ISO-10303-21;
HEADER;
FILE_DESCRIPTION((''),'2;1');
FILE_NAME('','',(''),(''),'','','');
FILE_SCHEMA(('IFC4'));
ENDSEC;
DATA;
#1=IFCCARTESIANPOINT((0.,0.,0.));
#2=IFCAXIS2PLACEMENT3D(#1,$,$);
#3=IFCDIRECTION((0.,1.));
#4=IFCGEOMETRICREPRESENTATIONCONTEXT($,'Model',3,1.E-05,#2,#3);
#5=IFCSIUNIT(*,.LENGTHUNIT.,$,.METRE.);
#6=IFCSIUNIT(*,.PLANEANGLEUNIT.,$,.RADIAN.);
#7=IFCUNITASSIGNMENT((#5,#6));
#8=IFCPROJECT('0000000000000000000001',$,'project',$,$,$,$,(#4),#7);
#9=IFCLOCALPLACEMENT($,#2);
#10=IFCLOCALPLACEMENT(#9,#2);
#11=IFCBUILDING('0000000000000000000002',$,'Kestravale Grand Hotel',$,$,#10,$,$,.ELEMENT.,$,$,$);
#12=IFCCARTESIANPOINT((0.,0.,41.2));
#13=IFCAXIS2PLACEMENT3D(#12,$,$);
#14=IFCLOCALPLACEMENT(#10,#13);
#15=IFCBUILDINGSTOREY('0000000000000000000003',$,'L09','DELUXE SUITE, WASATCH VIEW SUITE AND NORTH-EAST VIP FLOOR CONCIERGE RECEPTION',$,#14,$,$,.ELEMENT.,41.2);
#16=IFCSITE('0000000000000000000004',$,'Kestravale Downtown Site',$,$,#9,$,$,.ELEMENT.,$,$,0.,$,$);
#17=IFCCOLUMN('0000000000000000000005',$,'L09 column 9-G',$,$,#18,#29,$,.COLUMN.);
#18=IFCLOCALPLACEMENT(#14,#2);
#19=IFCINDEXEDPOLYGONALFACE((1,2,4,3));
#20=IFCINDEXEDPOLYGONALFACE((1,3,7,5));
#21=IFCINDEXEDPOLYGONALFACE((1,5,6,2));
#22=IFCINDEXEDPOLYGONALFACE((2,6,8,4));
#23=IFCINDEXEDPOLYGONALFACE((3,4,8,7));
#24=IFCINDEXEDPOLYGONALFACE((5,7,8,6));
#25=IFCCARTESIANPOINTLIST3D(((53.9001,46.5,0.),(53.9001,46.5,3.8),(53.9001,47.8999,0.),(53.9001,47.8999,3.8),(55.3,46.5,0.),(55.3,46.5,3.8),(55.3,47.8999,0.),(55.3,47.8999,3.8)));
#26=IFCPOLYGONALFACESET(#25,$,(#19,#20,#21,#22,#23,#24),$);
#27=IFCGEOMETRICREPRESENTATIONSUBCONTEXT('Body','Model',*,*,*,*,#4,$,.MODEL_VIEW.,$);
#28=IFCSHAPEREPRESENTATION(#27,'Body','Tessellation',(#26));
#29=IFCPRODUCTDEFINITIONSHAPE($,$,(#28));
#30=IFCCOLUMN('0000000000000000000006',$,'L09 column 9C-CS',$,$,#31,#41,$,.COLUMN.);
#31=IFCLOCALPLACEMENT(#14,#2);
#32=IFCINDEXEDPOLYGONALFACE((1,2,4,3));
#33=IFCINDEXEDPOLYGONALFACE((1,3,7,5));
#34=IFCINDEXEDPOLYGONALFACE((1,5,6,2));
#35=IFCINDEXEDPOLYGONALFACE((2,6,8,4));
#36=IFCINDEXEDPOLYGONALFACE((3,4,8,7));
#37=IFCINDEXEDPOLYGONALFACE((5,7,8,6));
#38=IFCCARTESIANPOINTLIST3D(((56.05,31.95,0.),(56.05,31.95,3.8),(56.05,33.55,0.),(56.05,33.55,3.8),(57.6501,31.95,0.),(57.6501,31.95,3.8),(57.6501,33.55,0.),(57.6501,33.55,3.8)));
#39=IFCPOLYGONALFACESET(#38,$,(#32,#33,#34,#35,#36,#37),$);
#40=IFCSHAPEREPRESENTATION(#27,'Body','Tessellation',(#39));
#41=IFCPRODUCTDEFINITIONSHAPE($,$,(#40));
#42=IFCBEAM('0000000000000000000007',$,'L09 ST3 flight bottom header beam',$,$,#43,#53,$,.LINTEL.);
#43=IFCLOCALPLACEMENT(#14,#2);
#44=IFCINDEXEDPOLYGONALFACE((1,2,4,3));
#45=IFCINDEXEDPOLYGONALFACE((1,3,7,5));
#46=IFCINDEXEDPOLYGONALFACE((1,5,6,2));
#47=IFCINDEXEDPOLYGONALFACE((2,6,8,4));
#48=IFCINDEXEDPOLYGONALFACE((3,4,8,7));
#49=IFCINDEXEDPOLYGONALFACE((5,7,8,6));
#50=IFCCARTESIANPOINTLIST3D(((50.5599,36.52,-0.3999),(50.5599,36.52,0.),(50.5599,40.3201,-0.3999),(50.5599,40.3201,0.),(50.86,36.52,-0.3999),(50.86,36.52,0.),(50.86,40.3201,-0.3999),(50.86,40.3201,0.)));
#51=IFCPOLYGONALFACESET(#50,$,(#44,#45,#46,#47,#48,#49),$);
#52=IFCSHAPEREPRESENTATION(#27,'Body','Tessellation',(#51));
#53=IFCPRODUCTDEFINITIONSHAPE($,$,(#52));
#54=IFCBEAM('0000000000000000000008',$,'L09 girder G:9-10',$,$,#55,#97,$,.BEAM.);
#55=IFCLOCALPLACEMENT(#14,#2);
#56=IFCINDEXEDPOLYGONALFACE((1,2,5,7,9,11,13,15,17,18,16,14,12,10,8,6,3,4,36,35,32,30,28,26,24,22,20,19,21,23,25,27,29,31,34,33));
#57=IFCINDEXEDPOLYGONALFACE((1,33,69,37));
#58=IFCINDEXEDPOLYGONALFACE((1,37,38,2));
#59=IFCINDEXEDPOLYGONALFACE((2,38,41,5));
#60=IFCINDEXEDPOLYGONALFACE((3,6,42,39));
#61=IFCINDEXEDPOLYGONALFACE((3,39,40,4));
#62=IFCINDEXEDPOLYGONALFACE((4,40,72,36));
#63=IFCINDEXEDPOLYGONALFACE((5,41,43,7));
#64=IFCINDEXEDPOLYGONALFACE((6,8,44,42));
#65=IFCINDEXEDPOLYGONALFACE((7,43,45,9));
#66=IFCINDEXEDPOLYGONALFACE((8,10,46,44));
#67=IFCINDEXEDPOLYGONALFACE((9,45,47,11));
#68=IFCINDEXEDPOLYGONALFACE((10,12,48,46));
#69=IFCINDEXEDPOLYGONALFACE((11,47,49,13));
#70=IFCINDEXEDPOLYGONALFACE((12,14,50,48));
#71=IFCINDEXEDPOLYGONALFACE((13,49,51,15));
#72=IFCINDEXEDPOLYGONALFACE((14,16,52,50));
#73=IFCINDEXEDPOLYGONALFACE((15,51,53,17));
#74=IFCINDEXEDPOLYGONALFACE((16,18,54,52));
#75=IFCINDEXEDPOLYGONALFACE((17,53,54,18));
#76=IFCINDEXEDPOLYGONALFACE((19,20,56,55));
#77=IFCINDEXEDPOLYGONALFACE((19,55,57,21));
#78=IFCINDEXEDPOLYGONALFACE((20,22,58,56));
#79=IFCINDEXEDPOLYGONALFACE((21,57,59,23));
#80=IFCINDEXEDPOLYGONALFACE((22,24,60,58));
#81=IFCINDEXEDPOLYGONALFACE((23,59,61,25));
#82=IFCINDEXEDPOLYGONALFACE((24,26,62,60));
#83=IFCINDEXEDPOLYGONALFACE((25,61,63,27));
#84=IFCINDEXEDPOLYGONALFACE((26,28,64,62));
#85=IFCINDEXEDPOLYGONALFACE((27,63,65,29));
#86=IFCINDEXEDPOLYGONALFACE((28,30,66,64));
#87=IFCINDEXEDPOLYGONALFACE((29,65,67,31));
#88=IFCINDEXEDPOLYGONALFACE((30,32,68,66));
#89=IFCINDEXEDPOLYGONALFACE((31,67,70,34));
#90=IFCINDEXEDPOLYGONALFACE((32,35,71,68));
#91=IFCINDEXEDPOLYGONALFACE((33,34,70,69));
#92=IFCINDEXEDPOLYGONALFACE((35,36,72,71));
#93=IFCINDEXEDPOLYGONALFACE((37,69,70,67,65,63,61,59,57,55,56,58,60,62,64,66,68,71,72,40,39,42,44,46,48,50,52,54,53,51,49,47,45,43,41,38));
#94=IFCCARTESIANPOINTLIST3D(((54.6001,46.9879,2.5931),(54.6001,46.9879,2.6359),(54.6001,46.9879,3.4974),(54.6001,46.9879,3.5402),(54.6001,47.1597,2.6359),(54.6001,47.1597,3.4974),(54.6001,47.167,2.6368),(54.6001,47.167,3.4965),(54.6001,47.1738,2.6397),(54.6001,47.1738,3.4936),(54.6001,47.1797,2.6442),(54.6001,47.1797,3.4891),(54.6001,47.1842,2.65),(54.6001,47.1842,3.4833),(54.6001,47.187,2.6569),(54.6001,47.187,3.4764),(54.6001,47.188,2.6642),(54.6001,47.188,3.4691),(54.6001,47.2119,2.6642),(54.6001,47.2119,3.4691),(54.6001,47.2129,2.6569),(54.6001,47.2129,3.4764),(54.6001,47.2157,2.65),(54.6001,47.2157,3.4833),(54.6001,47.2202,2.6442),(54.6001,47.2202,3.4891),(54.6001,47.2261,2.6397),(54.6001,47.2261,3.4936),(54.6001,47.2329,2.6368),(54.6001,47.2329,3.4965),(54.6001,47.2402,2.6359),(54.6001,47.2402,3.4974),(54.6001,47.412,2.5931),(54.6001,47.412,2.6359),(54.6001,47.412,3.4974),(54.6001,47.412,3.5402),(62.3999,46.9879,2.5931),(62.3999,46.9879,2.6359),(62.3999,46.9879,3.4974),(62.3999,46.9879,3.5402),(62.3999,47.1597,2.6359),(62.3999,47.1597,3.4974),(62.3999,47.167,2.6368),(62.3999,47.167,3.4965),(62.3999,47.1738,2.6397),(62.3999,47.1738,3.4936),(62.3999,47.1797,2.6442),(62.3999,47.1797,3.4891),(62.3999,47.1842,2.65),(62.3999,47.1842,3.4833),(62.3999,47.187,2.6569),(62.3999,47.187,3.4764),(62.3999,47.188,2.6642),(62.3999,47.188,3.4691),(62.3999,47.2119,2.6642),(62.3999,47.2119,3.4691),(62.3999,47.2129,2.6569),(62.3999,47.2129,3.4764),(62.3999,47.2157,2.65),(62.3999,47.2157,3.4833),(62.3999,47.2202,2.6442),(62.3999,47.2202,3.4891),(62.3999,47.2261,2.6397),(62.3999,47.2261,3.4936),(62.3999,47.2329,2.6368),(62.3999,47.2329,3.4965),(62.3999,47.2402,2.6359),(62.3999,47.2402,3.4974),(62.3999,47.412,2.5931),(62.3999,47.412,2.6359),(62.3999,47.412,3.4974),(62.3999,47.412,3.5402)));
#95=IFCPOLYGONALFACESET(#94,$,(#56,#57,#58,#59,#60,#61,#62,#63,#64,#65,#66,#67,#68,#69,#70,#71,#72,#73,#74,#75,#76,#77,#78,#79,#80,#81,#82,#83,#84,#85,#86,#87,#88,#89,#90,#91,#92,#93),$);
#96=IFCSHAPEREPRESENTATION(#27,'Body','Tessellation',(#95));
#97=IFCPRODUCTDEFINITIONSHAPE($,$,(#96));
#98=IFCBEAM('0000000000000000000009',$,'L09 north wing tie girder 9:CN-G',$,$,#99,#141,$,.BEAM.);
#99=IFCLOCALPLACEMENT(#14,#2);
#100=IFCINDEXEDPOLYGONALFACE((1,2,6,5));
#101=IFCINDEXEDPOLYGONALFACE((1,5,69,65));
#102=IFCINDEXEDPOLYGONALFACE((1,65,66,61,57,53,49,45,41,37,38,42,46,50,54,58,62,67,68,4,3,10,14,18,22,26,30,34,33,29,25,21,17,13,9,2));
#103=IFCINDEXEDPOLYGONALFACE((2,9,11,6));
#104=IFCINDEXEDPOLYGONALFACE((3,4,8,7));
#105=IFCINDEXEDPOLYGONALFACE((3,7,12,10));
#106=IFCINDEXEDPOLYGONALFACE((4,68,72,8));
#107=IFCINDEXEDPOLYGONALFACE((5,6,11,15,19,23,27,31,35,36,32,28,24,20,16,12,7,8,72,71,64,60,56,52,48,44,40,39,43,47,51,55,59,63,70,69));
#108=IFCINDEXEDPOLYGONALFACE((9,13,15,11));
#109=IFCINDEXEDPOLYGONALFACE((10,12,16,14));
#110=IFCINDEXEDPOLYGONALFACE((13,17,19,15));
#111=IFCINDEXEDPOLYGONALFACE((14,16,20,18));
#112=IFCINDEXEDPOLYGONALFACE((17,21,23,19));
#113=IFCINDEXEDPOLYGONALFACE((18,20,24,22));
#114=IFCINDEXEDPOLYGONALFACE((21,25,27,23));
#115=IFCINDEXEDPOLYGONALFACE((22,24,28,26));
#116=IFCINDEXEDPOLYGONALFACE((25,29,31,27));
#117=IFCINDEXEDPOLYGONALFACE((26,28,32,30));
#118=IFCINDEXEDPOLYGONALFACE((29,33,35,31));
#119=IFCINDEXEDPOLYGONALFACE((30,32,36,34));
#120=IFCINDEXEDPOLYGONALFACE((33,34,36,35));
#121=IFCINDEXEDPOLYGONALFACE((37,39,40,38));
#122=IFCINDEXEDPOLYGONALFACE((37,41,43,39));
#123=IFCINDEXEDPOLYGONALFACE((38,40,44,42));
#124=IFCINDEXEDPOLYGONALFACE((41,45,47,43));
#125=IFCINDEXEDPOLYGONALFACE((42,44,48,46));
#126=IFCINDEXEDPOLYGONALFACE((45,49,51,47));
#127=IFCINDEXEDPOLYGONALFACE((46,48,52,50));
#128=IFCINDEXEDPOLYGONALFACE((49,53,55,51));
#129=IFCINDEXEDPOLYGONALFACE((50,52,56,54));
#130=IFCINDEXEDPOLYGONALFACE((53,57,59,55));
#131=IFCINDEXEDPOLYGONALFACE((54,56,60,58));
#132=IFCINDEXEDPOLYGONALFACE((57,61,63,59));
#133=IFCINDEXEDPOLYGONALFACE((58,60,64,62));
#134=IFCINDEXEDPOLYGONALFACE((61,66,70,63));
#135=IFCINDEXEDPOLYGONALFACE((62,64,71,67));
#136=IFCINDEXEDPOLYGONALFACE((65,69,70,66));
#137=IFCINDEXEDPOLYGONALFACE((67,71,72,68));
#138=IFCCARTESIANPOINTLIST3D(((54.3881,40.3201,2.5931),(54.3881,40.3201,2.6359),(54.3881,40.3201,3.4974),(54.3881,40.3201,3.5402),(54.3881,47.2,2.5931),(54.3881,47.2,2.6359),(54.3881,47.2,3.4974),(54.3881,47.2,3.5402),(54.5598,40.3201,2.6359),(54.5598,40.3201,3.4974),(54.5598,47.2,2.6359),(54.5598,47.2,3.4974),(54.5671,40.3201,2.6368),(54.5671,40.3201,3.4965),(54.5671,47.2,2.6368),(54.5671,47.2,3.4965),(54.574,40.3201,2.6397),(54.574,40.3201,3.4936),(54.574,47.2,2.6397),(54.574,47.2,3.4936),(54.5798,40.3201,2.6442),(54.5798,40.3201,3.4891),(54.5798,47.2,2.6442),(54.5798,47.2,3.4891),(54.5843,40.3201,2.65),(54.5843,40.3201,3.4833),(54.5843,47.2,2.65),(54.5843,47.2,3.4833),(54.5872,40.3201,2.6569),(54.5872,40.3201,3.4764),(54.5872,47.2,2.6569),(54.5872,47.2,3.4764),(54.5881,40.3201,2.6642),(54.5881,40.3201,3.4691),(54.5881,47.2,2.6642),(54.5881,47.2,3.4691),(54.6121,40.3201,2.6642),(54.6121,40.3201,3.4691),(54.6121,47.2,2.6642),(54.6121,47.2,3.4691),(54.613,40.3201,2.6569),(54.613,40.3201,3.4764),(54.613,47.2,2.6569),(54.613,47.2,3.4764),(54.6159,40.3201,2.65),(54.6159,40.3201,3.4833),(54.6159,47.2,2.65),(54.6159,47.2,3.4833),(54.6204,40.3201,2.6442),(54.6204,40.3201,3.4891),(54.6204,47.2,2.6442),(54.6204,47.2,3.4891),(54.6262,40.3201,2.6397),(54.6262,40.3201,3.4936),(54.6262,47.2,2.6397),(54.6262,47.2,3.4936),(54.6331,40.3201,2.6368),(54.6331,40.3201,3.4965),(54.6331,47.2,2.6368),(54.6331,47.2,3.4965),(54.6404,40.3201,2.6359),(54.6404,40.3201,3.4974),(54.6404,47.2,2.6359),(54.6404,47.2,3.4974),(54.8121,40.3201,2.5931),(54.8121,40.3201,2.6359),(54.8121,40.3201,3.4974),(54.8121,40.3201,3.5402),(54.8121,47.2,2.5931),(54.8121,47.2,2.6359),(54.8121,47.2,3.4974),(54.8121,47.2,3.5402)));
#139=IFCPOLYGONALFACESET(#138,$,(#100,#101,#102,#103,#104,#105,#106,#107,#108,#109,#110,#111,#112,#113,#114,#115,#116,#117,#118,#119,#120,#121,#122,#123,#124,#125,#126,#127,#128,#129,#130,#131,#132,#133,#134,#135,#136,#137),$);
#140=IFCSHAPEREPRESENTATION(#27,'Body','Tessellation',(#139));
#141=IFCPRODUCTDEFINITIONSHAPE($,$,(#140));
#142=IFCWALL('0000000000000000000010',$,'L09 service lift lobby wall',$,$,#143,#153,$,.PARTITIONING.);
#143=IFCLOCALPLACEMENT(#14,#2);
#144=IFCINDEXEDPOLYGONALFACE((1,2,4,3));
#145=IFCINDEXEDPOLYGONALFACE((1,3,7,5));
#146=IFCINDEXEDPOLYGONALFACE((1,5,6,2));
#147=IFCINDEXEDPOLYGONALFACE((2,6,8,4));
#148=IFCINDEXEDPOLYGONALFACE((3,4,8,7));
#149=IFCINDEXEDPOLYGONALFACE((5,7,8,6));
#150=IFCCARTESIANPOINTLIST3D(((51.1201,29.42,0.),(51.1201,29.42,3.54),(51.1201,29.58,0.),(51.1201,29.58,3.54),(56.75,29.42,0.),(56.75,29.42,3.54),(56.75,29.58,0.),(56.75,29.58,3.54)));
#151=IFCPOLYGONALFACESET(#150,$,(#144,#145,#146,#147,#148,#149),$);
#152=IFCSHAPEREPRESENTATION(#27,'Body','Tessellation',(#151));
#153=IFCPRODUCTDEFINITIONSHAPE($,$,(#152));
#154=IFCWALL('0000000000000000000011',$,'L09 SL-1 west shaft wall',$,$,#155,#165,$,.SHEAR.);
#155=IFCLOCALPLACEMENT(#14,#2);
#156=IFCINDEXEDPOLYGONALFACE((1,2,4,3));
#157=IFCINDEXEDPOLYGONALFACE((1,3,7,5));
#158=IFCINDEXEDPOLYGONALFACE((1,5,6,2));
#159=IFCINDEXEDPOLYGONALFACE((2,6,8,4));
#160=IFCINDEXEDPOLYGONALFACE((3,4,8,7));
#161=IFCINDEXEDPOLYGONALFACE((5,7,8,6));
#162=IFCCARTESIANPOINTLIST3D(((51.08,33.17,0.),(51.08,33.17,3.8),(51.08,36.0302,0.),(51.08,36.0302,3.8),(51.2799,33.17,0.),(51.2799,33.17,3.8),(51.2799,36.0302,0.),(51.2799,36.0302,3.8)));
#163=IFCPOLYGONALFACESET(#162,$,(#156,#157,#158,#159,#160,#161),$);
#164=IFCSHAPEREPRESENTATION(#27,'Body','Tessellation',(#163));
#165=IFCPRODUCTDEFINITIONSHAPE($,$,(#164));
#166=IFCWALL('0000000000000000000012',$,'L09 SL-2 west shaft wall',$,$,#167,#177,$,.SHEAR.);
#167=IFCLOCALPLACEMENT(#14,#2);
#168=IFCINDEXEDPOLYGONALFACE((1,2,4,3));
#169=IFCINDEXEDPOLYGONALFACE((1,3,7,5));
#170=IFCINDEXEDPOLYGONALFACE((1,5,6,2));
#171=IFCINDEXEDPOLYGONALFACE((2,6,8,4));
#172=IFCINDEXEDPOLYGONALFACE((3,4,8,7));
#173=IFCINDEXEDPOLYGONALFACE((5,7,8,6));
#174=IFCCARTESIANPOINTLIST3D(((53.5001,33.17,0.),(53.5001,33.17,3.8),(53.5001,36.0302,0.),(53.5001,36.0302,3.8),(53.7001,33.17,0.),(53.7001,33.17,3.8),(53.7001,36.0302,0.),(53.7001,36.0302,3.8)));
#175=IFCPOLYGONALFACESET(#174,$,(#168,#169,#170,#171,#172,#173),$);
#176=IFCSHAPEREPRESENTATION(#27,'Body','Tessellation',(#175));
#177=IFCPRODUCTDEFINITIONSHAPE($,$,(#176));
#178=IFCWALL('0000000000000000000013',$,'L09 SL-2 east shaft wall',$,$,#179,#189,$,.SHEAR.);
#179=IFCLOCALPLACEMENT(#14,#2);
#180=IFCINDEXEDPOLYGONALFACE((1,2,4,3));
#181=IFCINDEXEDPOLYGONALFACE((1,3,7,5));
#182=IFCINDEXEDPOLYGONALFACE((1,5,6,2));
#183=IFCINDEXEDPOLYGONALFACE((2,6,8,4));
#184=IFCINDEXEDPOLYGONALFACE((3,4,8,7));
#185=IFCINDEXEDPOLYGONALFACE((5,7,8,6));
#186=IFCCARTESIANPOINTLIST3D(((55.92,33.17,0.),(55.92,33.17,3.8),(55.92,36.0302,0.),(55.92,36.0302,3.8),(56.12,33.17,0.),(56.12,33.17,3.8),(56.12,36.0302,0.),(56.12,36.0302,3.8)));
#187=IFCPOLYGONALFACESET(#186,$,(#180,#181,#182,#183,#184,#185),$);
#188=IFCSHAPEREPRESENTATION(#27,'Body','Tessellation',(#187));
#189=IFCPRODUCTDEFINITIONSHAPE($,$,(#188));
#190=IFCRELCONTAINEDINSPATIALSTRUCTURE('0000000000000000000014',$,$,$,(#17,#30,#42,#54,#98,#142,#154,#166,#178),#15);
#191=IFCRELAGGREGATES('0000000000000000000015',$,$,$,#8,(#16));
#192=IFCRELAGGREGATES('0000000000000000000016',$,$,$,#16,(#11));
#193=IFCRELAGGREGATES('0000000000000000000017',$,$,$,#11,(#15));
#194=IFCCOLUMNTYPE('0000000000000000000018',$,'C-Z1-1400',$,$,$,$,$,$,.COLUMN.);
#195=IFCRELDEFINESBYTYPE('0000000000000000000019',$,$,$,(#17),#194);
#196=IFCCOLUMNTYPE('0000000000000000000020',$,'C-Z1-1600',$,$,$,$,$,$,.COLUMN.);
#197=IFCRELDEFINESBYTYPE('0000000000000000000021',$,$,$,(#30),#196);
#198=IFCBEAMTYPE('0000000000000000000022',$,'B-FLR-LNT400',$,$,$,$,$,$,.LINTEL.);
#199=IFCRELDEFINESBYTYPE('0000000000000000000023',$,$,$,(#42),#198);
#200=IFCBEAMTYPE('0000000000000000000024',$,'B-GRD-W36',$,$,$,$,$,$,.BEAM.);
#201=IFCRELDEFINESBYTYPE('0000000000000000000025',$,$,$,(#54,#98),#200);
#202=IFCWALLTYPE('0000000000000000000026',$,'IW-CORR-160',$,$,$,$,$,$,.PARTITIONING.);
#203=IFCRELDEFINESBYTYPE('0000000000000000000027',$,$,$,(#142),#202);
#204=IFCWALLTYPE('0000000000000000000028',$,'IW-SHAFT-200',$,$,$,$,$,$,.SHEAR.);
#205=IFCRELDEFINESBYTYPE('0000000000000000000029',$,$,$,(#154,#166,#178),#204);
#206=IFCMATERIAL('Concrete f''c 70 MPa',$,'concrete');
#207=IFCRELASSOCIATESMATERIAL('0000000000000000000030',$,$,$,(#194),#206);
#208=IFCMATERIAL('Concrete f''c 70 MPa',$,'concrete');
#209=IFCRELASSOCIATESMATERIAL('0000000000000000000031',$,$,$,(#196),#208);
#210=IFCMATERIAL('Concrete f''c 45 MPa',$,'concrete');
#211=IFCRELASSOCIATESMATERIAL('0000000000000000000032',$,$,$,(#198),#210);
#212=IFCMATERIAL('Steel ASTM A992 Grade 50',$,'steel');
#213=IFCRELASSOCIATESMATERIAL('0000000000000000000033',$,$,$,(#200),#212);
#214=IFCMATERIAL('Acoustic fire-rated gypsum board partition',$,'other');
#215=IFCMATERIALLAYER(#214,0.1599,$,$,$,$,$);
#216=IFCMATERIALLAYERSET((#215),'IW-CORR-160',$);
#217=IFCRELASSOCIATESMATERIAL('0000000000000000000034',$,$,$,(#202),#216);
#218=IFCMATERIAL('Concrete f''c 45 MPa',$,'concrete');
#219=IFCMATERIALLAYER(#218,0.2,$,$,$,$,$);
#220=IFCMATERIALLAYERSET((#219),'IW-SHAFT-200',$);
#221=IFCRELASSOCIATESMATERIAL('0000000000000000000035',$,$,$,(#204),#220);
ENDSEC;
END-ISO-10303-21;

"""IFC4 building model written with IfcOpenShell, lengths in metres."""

from ifc_helpers import new_model, si_unit, direction, frame, frame_2d, origin, origin_2d, place, context, subcontext, project, spatial, rectangle, i_section, extrude, material, layer, layer_set, material_profile, profile_set, type_object, element, save


model = new_model("IFC4")

# Units and contexts
model_context = context("Model", 3, precision=1e-05, world=origin(), true_north=direction((0.0, 1.0)))
body_context = subcontext(model_context, "Body", "Model", "MODEL_VIEW")
ifc_project = project(units=[si_unit("LENGTHUNIT", "METRE"), si_unit("PLANEANGLEUNIT", "RADIAN")], contexts=[model_context])

# Site, building, storey
site_placement = place(None, origin())
site = spatial("IfcSite", under=ifc_project, at=site_placement, Name="Kestravale Downtown Site", CompositionType="ELEMENT", RefElevation=0.0)
building_placement = place(site_placement, origin())
building = spatial("IfcBuilding", under=site, at=building_placement, Name="Kestravale Grand Hotel", CompositionType="ELEMENT")
storey_placement = place(building_placement, frame((0.0, 0.0, 41.2)))
storey = spatial("IfcBuildingStorey", under=building, at=storey_placement, Name="L09", Description="DELUXE SUITE, WASATCH VIEW SUITE AND NORTH-EAST VIP FLOOR CONCIERGE RECEPTION", CompositionType="ELEMENT", Elevation=41.2)

# Columns
ifc_material_1 = material(Name="Concrete f'c 70 MPa", Category="concrete")
ifc_material_profile_1 = material_profile(ifc_material_1, rectangle(XDim=1.3999, YDim=1.3999, at=origin_2d()))
ifc_profile_set_1 = profile_set([ifc_material_profile_1], Name="Concrete f'c 70 MPa")
column_type_1 = type_object("IfcColumnType", Name="C-Z1-1400", PredefinedType="COLUMN", material=ifc_profile_set_1)
column_1_placement = place(storey_placement, frame((54.6001, 47.2, 0.0), z_axis=(0.0, 0.0, 1.0), x_axis=(1.0, 0.0, 0.0)))
element("IfcColumn", 1, at=column_1_placement, inside=storey, type_object=column_type_1, Name="L09 column 9-G", PredefinedType="COLUMN", context=body_context, shape_type="SweptSolid", body=[
    extrude(rectangle(XDim=1.3999, YDim=1.3999, at=origin_2d()), origin(), (0.0, 0.0, 1.0), 3.8),
])
ifc_material_2 = material(Name="Concrete f'c 70 MPa", Category="concrete")
ifc_material_profile_2 = material_profile(ifc_material_2, rectangle(XDim=1.6001, YDim=1.6001, at=origin_2d()))
ifc_profile_set_2 = profile_set([ifc_material_profile_2], Name="Concrete f'c 70 MPa")
column_type_2 = type_object("IfcColumnType", Name="C-Z1-1600", PredefinedType="COLUMN", material=ifc_profile_set_2)
column_2_placement = place(storey_placement, frame((56.8501, 32.75, 0.0), z_axis=(0.0, 0.0, 1.0), x_axis=(1.0, 0.0, 0.0)))
element("IfcColumn", 2, at=column_2_placement, inside=storey, type_object=column_type_2, Name="L09 column 9C-CS", PredefinedType="COLUMN", context=body_context, shape_type="SweptSolid", body=[
    extrude(rectangle(XDim=1.6001, YDim=1.6001, at=origin_2d()), origin(), (0.0, 0.0, 1.0), 3.8),
])

# Beams
ifc_material_3 = material(Name="Concrete f'c 45 MPa", Category="concrete")
ifc_material_profile_3 = material_profile(ifc_material_3, rectangle(XDim=0.3, YDim=0.3999, at=origin_2d()))
ifc_profile_set_3 = profile_set([ifc_material_profile_3], Name="Concrete f'c 45 MPa")
beam_type_1 = type_object("IfcBeamType", Name="B-FLR-LNT400", PredefinedType="LINTEL", material=ifc_profile_set_3)
beam_1_placement = place(storey_placement, frame((50.71, 36.52, -0.2), z_axis=(0.0, 1.0, 0.0), x_axis=(-1.0, 0.0, 0.0)))
element("IfcBeam", 3, at=beam_1_placement, inside=storey, type_object=beam_type_1, Name="L09 ST3 flight bottom header beam", PredefinedType="LINTEL", context=body_context, shape_type="SweptSolid", body=[
    extrude(rectangle(XDim=0.3, YDim=0.3999, at=origin_2d()), origin(), (0.0, 0.0, 1.0), 3.8),
])
ifc_material_4 = material(Name="Steel ASTM A992 Grade 50", Category="steel")
ifc_material_profile_4 = material_profile(ifc_material_4, i_section(OverallWidth=0.4241, OverallDepth=0.947, WebThickness=0.0239, FlangeThickness=0.0427, FilletRadius=0.0283, at=origin_2d()))
ifc_profile_set_4 = profile_set([ifc_material_profile_4], Name="Steel ASTM A992 Grade 50")
beam_type_2 = type_object("IfcBeamType", Name="B-GRD-W36", PredefinedType="BEAM", material=ifc_profile_set_4)
beam_2_placement = place(storey_placement, frame((54.6001, 47.2, 3.0667), z_axis=(1.0, 0.0, 0.0), x_axis=(0.0, 1.0, 0.0)))
element("IfcBeam", 4, at=beam_2_placement, inside=storey, type_object=beam_type_2, Name="L09 girder G:9-10", PredefinedType="BEAM", context=body_context, shape_type="SweptSolid", body=[
    extrude(i_section(OverallWidth=0.4241, OverallDepth=0.947, WebThickness=0.0239, FlangeThickness=0.0427, FilletRadius=0.0283, at=origin_2d()), origin(), (0.0, 0.0, 1.0), 7.7998),
])
beam_3_placement = place(storey_placement, frame((54.6001, 40.3201, 3.0667), z_axis=(0.0, 1.0, 0.0), x_axis=(-1.0, 0.0, 0.0)))
element("IfcBeam", 5, at=beam_3_placement, inside=storey, type_object=beam_type_2, Name="L09 north wing tie girder 9:CN-G", PredefinedType="BEAM", context=body_context, shape_type="SweptSolid", body=[
    extrude(i_section(OverallWidth=0.4241, OverallDepth=0.947, WebThickness=0.0239, FlangeThickness=0.0427, FilletRadius=0.0283, at=origin_2d()), origin(), (0.0, 0.0, 1.0), 6.8799),
])

# Shared definitions
ifc_material_5 = material(Name="Acoustic fire-rated gypsum board partition", Category="other")
ifc_layer_1 = layer(ifc_material_5, 0.1599)
ifc_layer_set_1 = layer_set([ifc_layer_1], Name="IW-CORR-160")
wall_type_1 = type_object("IfcWallType", Name="IW-CORR-160", PredefinedType="PARTITIONING", material=ifc_layer_set_1)

# Walls
wall_1_placement = place(storey_placement, frame((51.1201, 29.5, 0.0), z_axis=(0.0, 0.0, 1.0), x_axis=(1.0, 0.0, 0.0)))
element("IfcWall", 6, at=wall_1_placement, inside=storey, type_object=wall_type_1, Name="L09 service lift lobby wall", PredefinedType="PARTITIONING", context=body_context, shape_type="SweptSolid", body=[
    extrude(rectangle(XDim=5.6299, YDim=0.1599, at=frame_2d((2.8149, 0.0))), origin(), (0.0, 0.0, 1.0), 3.54),
])
ifc_material_6 = material(Name="Concrete f'c 45 MPa", Category="concrete")
ifc_layer_2 = layer(ifc_material_6, 0.2)
ifc_layer_set_2 = layer_set([ifc_layer_2], Name="IW-SHAFT-200")
wall_type_2 = type_object("IfcWallType", Name="IW-SHAFT-200", PredefinedType="SHEAR", material=ifc_layer_set_2)
for number, where, z_axis, x_axis, name in (
    (7, (51.1799, 33.1699, 0.0), (0.0, 0.0, 1.0), (0.0, 1.0, 0.0), "L09 SL-1 west shaft wall"),
    (8, (53.6001, 33.1699, 0.0), (0.0, 0.0, 1.0), (0.0, 1.0, 0.0), "L09 SL-2 west shaft wall"),
    (9, (56.02, 33.1699, 0.0), (0.0, 0.0, 1.0), (0.0, 1.0, 0.0), "L09 SL-2 east shaft wall"),
):
    element("IfcWall", number, at=place(storey_placement, frame(where, z_axis=z_axis, x_axis=x_axis)), inside=storey, type_object=wall_type_2, Name=name, PredefinedType="SHEAR", context=body_context, shape_type="SweptSolid", body=[
        extrude(rectangle(XDim=2.8601, YDim=0.2, at=frame_2d((1.4302, 0.0))), origin(), (0.0, 0.0, 1.0), 3.8),
    ])

save(model, "model.ifc")
